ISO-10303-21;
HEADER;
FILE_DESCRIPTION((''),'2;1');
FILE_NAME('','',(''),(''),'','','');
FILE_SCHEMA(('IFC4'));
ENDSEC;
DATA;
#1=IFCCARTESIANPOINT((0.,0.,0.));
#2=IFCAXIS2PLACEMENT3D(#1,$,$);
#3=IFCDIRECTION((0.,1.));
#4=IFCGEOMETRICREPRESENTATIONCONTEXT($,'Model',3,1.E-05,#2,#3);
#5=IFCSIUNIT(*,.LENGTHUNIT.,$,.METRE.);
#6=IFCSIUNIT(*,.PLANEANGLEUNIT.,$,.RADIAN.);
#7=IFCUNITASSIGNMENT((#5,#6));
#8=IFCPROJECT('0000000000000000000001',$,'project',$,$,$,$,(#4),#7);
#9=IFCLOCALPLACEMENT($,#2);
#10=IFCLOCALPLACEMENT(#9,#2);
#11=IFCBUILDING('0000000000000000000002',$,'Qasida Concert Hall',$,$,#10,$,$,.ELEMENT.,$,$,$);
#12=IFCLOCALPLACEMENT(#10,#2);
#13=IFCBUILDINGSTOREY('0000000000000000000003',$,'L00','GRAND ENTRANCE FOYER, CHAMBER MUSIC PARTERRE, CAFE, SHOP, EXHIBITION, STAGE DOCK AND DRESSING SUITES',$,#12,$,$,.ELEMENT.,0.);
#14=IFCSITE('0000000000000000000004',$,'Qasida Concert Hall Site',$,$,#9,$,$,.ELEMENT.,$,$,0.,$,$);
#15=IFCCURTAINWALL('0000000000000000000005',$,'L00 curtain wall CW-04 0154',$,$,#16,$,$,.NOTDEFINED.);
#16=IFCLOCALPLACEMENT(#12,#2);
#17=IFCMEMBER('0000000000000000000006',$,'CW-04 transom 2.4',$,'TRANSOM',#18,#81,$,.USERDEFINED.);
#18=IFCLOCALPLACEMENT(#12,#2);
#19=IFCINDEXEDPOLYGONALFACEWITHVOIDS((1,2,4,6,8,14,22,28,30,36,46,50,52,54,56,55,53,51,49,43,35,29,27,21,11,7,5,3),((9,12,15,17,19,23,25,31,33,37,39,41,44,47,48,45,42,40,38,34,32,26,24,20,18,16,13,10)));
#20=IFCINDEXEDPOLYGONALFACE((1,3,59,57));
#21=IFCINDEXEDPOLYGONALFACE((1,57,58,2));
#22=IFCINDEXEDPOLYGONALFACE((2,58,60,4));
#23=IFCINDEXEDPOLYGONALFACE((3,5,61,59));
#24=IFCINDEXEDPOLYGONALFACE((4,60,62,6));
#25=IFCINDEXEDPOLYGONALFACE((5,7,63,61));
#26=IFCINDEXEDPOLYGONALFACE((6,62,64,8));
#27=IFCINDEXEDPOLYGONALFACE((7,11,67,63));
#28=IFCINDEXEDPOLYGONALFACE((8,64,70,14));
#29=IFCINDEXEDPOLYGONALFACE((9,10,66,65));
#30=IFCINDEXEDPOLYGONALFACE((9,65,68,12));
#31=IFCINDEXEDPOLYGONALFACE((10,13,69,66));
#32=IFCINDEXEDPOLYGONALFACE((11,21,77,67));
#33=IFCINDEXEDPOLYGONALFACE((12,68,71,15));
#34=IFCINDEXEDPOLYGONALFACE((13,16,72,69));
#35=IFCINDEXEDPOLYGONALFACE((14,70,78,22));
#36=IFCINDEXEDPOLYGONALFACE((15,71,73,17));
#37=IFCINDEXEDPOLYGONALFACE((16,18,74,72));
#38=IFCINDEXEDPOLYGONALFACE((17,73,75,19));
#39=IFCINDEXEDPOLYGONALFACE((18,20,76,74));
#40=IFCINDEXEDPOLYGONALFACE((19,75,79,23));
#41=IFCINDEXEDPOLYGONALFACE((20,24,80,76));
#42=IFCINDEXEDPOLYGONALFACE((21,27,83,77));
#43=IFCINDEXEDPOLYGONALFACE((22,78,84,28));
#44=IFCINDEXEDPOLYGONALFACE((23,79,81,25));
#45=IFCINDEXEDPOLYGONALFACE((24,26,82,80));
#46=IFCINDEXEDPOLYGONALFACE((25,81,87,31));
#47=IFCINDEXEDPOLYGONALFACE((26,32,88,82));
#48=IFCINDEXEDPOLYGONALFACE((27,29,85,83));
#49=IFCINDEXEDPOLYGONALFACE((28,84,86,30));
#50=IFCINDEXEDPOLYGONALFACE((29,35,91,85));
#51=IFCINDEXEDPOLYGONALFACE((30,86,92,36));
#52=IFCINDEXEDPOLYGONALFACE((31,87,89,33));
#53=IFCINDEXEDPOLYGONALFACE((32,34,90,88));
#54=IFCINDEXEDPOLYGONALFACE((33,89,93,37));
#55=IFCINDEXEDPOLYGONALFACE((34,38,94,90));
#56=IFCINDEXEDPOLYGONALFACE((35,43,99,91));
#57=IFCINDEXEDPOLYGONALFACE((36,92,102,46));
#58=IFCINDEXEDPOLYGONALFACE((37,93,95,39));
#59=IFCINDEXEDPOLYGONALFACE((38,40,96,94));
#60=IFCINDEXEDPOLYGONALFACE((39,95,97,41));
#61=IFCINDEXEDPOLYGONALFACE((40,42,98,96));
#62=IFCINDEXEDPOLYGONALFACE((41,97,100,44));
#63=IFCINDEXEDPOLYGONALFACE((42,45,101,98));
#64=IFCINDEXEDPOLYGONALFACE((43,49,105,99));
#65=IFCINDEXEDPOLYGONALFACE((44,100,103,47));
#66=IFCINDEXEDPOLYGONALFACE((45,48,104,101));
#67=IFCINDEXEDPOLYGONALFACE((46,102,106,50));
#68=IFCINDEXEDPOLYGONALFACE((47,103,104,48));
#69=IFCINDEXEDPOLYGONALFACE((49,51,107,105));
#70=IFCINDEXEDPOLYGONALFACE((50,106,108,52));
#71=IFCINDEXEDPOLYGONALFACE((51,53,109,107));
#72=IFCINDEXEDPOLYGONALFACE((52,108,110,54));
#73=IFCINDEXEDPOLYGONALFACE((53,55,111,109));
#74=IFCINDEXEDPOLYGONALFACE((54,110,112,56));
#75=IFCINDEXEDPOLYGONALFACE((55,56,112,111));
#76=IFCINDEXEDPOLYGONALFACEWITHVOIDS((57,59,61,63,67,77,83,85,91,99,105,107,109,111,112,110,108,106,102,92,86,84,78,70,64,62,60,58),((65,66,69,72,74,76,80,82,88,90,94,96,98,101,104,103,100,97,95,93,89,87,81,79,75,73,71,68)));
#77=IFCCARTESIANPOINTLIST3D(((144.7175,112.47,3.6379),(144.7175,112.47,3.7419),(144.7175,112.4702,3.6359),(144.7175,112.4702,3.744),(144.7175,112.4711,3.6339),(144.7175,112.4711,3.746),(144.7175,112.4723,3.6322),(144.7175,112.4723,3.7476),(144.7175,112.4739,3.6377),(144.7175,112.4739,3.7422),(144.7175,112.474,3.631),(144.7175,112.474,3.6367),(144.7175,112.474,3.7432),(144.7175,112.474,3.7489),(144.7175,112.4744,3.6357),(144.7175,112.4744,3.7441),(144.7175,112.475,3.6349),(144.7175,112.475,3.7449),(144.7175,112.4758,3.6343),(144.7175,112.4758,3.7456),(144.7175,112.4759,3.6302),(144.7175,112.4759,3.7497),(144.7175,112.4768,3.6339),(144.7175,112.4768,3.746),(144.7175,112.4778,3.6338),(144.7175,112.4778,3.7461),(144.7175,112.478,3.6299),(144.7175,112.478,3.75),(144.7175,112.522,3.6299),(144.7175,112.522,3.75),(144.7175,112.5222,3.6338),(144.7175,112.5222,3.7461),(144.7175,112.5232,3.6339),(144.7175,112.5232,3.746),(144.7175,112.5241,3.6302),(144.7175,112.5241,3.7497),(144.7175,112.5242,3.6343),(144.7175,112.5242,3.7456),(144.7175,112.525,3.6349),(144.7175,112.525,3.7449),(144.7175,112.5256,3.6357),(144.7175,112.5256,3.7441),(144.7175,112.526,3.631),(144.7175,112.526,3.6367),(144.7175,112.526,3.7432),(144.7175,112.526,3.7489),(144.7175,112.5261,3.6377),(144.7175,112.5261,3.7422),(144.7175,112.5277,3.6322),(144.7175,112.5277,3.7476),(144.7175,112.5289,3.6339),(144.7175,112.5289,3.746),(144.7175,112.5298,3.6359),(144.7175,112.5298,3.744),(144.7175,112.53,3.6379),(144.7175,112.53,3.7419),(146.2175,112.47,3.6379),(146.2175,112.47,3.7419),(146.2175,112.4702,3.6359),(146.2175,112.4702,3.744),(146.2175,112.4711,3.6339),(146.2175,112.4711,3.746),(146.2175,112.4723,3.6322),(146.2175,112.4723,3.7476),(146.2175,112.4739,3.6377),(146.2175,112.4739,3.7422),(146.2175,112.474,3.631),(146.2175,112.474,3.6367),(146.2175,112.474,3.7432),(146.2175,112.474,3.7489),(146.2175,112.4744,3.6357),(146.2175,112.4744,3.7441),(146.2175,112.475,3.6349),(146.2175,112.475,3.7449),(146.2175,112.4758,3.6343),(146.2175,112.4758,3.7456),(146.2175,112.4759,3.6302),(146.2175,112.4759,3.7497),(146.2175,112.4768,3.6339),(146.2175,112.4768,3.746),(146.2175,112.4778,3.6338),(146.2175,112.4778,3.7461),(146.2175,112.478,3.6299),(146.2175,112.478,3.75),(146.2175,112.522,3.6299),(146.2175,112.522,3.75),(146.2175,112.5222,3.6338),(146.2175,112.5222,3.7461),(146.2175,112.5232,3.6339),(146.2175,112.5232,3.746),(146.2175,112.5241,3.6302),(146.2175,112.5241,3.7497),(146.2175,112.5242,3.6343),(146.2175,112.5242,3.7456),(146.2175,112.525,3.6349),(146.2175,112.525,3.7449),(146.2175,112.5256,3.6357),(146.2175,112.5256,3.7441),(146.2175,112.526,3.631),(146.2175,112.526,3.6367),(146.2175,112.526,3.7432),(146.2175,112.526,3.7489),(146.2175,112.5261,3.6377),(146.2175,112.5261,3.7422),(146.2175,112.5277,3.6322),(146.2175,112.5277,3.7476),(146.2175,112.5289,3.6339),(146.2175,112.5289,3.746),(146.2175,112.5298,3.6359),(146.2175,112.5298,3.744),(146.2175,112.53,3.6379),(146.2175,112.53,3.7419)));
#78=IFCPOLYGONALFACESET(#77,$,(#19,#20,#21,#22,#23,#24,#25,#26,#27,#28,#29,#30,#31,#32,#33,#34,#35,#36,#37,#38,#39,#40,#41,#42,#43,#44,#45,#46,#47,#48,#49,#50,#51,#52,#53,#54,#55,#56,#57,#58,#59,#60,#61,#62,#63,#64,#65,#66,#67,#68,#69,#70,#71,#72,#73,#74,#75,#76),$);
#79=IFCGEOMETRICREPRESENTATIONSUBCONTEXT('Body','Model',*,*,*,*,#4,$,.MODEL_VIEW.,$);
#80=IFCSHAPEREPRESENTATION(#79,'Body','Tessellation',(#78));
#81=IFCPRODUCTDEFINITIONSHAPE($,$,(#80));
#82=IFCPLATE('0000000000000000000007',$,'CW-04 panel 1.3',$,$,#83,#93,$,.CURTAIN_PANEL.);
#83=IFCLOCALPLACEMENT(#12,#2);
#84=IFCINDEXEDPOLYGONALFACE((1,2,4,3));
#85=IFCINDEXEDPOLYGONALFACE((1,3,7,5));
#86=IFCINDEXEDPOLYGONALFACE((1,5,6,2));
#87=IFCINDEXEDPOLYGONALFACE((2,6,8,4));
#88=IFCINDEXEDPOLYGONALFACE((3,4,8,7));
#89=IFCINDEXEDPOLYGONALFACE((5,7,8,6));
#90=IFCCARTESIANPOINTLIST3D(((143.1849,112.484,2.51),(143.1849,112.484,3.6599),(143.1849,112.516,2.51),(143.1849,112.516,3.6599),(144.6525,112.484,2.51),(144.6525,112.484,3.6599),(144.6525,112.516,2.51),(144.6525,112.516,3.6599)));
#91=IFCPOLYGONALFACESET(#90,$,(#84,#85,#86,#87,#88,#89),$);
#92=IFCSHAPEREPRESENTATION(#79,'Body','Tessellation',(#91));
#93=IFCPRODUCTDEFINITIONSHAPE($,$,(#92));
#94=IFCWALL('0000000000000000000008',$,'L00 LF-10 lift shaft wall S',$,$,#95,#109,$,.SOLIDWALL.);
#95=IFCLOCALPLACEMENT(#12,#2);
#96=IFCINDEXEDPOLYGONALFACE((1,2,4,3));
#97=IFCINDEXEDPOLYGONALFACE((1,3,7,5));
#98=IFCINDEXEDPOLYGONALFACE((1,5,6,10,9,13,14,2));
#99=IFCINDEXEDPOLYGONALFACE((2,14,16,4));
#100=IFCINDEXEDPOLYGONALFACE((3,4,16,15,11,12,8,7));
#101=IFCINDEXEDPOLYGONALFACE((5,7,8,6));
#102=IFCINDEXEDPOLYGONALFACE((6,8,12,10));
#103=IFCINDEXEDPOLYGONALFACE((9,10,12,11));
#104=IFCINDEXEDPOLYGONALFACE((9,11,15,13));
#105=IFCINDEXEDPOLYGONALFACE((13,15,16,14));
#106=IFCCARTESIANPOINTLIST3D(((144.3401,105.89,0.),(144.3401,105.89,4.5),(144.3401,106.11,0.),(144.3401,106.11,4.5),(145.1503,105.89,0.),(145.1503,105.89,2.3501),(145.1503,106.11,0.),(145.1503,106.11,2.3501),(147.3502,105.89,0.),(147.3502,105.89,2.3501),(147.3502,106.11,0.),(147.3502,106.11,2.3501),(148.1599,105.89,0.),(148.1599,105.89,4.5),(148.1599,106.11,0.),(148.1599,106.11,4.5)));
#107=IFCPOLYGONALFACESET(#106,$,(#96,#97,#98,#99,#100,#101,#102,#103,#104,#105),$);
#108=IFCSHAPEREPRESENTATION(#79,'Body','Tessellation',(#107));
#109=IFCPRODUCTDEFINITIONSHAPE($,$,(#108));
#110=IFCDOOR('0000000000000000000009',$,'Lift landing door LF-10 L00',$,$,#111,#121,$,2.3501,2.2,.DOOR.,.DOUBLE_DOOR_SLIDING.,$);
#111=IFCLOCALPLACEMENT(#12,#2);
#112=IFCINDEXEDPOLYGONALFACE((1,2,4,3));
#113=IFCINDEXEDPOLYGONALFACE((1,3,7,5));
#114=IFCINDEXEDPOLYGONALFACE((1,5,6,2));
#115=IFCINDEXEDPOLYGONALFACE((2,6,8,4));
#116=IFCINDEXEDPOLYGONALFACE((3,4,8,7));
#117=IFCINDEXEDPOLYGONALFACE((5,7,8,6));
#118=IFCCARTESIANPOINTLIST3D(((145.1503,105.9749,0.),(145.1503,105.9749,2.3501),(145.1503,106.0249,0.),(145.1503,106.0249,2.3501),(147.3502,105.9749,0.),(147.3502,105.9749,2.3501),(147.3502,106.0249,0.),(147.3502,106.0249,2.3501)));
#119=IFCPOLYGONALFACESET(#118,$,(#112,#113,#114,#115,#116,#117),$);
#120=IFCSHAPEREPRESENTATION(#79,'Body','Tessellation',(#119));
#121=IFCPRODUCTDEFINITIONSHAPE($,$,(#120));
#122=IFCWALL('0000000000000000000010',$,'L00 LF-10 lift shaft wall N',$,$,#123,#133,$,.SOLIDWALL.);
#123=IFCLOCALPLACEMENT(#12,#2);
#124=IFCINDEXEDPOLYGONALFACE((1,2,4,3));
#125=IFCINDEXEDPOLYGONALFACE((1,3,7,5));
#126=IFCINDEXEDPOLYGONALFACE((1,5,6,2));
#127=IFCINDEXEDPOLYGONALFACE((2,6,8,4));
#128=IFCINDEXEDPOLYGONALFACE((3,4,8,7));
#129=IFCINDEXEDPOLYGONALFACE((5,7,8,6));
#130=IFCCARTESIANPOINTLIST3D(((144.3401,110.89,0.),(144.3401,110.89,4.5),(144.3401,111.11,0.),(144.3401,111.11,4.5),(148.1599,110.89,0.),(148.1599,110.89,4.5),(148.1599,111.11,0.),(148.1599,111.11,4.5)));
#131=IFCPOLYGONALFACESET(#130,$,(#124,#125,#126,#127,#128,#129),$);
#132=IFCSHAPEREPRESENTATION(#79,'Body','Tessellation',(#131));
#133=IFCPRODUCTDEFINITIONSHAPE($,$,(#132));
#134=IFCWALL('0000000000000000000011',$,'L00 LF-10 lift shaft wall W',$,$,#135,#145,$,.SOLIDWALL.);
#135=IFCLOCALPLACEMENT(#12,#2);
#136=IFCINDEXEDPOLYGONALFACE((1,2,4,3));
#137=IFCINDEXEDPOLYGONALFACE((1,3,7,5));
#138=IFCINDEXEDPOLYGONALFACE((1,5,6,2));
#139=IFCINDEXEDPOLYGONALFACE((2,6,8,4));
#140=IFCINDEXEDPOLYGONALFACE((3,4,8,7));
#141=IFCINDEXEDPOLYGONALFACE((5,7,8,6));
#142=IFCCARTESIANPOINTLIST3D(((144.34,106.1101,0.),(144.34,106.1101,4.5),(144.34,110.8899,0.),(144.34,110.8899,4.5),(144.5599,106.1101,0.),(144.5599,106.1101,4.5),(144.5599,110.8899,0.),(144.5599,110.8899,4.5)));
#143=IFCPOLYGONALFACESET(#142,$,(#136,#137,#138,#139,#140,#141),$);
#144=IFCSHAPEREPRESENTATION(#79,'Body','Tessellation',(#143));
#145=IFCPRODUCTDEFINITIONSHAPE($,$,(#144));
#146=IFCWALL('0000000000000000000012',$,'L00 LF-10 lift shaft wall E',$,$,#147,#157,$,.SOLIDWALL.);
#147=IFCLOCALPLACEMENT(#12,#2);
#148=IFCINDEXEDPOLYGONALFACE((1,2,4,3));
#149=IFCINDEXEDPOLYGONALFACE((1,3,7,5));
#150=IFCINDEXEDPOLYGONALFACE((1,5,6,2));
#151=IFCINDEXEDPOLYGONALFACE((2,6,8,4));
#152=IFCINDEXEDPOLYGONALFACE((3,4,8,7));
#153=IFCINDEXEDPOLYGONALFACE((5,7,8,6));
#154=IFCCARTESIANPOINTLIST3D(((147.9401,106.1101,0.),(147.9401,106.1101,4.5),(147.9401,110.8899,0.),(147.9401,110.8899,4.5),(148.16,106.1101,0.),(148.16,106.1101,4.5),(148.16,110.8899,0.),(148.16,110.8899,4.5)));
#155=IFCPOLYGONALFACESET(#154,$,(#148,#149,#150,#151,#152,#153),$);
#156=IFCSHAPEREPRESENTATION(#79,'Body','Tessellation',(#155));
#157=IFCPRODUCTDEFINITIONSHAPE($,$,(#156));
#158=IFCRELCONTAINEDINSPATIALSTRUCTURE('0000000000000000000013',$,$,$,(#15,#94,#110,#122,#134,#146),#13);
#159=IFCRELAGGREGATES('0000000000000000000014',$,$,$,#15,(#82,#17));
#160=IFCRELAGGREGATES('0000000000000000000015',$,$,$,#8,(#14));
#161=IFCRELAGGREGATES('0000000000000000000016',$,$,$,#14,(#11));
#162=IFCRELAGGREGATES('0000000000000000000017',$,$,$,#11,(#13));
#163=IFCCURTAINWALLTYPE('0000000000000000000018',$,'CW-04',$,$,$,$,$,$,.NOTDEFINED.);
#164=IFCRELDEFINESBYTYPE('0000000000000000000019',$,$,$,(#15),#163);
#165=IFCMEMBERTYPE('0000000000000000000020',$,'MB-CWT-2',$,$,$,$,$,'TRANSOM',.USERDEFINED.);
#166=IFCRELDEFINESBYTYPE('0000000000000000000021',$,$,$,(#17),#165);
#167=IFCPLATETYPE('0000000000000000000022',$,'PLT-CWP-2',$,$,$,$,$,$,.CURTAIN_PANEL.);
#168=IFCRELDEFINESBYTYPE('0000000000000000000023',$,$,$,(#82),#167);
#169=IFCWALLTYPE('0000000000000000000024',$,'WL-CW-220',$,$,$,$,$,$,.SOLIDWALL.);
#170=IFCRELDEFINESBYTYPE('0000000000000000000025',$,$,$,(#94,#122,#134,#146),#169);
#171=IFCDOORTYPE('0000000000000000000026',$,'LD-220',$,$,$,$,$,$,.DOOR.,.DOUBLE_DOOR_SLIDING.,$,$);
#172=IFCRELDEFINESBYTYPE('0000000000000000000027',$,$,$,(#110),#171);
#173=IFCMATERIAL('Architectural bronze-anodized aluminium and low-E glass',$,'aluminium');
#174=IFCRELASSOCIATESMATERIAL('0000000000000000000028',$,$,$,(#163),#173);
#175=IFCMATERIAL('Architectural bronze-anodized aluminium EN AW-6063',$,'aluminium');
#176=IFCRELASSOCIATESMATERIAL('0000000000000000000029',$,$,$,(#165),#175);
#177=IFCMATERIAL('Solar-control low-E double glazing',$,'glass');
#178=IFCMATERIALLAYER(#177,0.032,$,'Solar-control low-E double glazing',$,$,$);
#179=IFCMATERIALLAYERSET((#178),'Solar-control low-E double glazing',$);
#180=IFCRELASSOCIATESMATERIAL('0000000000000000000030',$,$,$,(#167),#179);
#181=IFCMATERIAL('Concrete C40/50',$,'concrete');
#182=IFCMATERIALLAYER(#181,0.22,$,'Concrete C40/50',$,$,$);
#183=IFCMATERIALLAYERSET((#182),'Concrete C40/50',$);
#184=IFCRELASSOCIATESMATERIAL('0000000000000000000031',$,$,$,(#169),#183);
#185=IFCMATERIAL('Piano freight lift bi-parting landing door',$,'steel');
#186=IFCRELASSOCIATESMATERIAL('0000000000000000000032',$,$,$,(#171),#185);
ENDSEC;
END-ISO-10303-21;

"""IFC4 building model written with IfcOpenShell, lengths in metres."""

from ifc_helpers import new_model, si_unit, direction, frame, frame_2d, origin, origin_2d, place, context, subcontext, project, spatial, rectangle, hollow_rectangle, extrude, material, layer, layer_set, material_profile, profile_set, type_object, element, fill, aggregate, save


model = new_model("IFC4")

# Units and contexts
model_context = context("Model", 3, precision=1e-05, world=origin(), true_north=direction((0.0, 1.0)))
body_context = subcontext(model_context, "Body", "Model", "MODEL_VIEW")
ifc_project = project(units=[si_unit("LENGTHUNIT", "METRE"), si_unit("PLANEANGLEUNIT", "RADIAN")], contexts=[model_context])

# Site, building, storey
site_placement = place(None, origin())
site = spatial("IfcSite", under=ifc_project, at=site_placement, Name="Qasida Concert Hall Site", CompositionType="ELEMENT", RefElevation=0.0)
building_placement = place(site_placement, origin())
building = spatial("IfcBuilding", under=site, at=building_placement, Name="Qasida Concert Hall", CompositionType="ELEMENT")
storey_placement = place(building_placement, origin())
storey = spatial("IfcBuildingStorey", under=building, at=storey_placement, Name="L00", Description="GRAND ENTRANCE FOYER, CHAMBER MUSIC PARTERRE, CAFE, SHOP, EXHIBITION, STAGE DOCK AND DRESSING SUITES", CompositionType="ELEMENT", Elevation=0.0)

# Shared definitions
ifc_material_1 = material(Name="Concrete C40/50", Category="concrete")

# Curtain wall, member, plate
ifc_material_2 = material(Name="Architectural bronze-anodized aluminium and low-E glass", Category="aluminium")
curtain_wall_type = type_object("IfcCurtainWallType", Name="CW-04", PredefinedType="NOTDEFINED", material=ifc_material_2)
curtain_wall_placement = place(storey_placement, origin())
curtain_wall = element("IfcCurtainWall", 1, at=curtain_wall_placement, inside=storey, type_object=curtain_wall_type, Name="L00 curtain wall CW-04 0154", PredefinedType="NOTDEFINED")
ifc_material_3 = material(Name="Architectural bronze-anodized aluminium EN AW-6063", Category="aluminium")
ifc_material_profile_1 = material_profile(ifc_material_3, hollow_rectangle(XDim=0.0601, YDim=0.1201, WallThickness=0.0039, InnerFilletRadius=0.0039, OuterFilletRadius=0.0081, at=origin_2d()), Name="CWT 120x60x4")
ifc_profile_set_1 = profile_set([ifc_material_profile_1], Name="Architectural bronze-anodized aluminium EN AW-6063")
member_type_1 = type_object("IfcMemberType", Name="MB-CWT-2", ElementType="TRANSOM", PredefinedType="USERDEFINED", material=ifc_profile_set_1)
member_1_placement = place(storey_placement, frame((144.7175, 112.5, 3.6899), z_axis=(1.0, 0.0, 0.0), x_axis=(0.0, 1.0, 0.0)))
member_1 = element("IfcMember", 2, at=member_1_placement, type_object=member_type_1, Name="CW-04 transom 2.4", ObjectType="TRANSOM", PredefinedType="USERDEFINED", context=body_context, shape_type="SweptSolid", body=[
    extrude(hollow_rectangle(XDim=0.0601, YDim=0.1201, WallThickness=0.0039, InnerFilletRadius=0.0039, OuterFilletRadius=0.0081, at=origin_2d()), origin(), (0.0, 0.0, 1.0), 1.5),
])
ifc_material_4 = material(Name="Solar-control low-E double glazing", Category="glass")
ifc_layer_1 = layer(ifc_material_4, 0.032, Name="Solar-control low-E double glazing")
ifc_layer_set_1 = layer_set([ifc_layer_1], Name="Solar-control low-E double glazing")
plate_type = type_object("IfcPlateType", Name="PLT-CWP-2", PredefinedType="CURTAIN_PANEL", material=ifc_layer_set_1)
plate_placement = place(storey_placement, frame((143.9187, 112.5, 2.51), z_axis=(0.0, 0.0, 1.0), x_axis=(1.0, 0.0, 0.0)))
plate = element("IfcPlate", 3, at=plate_placement, type_object=plate_type, Name="CW-04 panel 1.3", PredefinedType="CURTAIN_PANEL", context=body_context, shape_type="SweptSolid", body=[
    extrude(rectangle(XDim=1.4675, YDim=0.032, at=origin_2d()), origin(), (0.0, 0.0, 1.0), 1.1499),
])
aggregate(curtain_wall, [plate, member_1])

# Wall, opening, door
ifc_layer_2 = layer(ifc_material_1, 0.22, Name="Concrete C40/50")
ifc_layer_set_2 = layer_set([ifc_layer_2], Name="Concrete C40/50")
wall_type_1 = type_object("IfcWallType", Name="WL-CW-220", PredefinedType="SOLIDWALL", material=ifc_layer_set_2)
wall_1_placement = place(storey_placement, frame((144.3401, 106.0, 0.0), z_axis=(0.0, 0.0, 1.0), x_axis=(1.0, 0.0, 0.0)))
wall_1 = element("IfcWall", 4, at=wall_1_placement, inside=storey, type_object=wall_type_1, Name="L00 LF-10 lift shaft wall S", PredefinedType="SOLIDWALL", context=body_context, shape_type="SweptSolid", body=[
    extrude(rectangle(XDim=3.8198, YDim=0.22, at=frame_2d((1.9099, 0.0))), origin(), (0.0, 0.0, 1.0), 4.5),
])
opening_1_placement = place(wall_1_placement, frame((0.8101, 0.0, 0.0)))
opening_1 = element("IfcOpeningElement", 5, at=opening_1_placement, cuts=wall_1, PredefinedType="OPENING", context=body_context, shape_type="SweptSolid", body=[
    extrude(rectangle(XDim=2.2, YDim=2.3501, at=frame_2d((1.1001, 1.175))), frame((0.0, 0.1199, 0.0), z_axis=(0.0, -1.0, 0.0), x_axis=(1.0, 0.0, 0.0)), (0.0, 0.0, 1.0), 0.24),
])
ifc_material_5 = material(Name="Piano freight lift bi-parting landing door", Category="steel")
door_type_1 = type_object("IfcDoorType", Name="LD-220", OperationType="DOUBLE_DOOR_SLIDING", PredefinedType="DOOR", material=ifc_material_5)
door_1_placement = place(opening_1_placement, origin())
door_1 = element("IfcDoor", 6, at=door_1_placement, inside=storey, type_object=door_type_1, Name="Lift landing door LF-10 L00", OperationType="DOUBLE_DOOR_SLIDING", OverallHeight=2.3501, OverallWidth=2.2, PredefinedType="DOOR", context=body_context, shape_type="SweptSolid", body=[
    extrude(rectangle(XDim=2.2, YDim=2.3501, at=frame_2d((1.1001, 1.175))), frame((0.0, 0.0249, 0.0), z_axis=(0.0, -1.0, 0.0), x_axis=(1.0, 0.0, 0.0)), (0.0, 0.0, 1.0), 0.05),
])
fill(opening_1, door_1)

# Walls
wall_2_placement = place(storey_placement, frame((144.3401, 111.0, 0.0), z_axis=(0.0, 0.0, 1.0), x_axis=(1.0, 0.0, 0.0)))
element("IfcWall", 7, at=wall_2_placement, inside=storey, type_object=wall_type_1, Name="L00 LF-10 lift shaft wall N", PredefinedType="SOLIDWALL", context=body_context, shape_type="SweptSolid", body=[
    extrude(rectangle(XDim=3.8198, YDim=0.22, at=frame_2d((1.9099, 0.0))), origin(), (0.0, 0.0, 1.0), 4.5),
])
for number, where, z_axis, x_axis, name in (
    (8, (144.45, 106.1101, 0.0), (0.0, 0.0, 1.0), (0.0, 1.0, 0.0), "L00 LF-10 lift shaft wall W"),
    (9, (148.05, 106.1101, 0.0), (0.0, 0.0, 1.0), (0.0, 1.0, 0.0), "L00 LF-10 lift shaft wall E"),
):
    element("IfcWall", number, at=place(storey_placement, frame(where, z_axis=z_axis, x_axis=x_axis)), inside=storey, type_object=wall_type_1, Name=name, PredefinedType="SOLIDWALL", context=body_context, shape_type="SweptSolid", body=[
        extrude(rectangle(XDim=4.7798, YDim=0.22, at=frame_2d((2.3899, 0.0))), origin(), (0.0, 0.0, 1.0), 4.5),
    ])

save(model, "model.ifc")
